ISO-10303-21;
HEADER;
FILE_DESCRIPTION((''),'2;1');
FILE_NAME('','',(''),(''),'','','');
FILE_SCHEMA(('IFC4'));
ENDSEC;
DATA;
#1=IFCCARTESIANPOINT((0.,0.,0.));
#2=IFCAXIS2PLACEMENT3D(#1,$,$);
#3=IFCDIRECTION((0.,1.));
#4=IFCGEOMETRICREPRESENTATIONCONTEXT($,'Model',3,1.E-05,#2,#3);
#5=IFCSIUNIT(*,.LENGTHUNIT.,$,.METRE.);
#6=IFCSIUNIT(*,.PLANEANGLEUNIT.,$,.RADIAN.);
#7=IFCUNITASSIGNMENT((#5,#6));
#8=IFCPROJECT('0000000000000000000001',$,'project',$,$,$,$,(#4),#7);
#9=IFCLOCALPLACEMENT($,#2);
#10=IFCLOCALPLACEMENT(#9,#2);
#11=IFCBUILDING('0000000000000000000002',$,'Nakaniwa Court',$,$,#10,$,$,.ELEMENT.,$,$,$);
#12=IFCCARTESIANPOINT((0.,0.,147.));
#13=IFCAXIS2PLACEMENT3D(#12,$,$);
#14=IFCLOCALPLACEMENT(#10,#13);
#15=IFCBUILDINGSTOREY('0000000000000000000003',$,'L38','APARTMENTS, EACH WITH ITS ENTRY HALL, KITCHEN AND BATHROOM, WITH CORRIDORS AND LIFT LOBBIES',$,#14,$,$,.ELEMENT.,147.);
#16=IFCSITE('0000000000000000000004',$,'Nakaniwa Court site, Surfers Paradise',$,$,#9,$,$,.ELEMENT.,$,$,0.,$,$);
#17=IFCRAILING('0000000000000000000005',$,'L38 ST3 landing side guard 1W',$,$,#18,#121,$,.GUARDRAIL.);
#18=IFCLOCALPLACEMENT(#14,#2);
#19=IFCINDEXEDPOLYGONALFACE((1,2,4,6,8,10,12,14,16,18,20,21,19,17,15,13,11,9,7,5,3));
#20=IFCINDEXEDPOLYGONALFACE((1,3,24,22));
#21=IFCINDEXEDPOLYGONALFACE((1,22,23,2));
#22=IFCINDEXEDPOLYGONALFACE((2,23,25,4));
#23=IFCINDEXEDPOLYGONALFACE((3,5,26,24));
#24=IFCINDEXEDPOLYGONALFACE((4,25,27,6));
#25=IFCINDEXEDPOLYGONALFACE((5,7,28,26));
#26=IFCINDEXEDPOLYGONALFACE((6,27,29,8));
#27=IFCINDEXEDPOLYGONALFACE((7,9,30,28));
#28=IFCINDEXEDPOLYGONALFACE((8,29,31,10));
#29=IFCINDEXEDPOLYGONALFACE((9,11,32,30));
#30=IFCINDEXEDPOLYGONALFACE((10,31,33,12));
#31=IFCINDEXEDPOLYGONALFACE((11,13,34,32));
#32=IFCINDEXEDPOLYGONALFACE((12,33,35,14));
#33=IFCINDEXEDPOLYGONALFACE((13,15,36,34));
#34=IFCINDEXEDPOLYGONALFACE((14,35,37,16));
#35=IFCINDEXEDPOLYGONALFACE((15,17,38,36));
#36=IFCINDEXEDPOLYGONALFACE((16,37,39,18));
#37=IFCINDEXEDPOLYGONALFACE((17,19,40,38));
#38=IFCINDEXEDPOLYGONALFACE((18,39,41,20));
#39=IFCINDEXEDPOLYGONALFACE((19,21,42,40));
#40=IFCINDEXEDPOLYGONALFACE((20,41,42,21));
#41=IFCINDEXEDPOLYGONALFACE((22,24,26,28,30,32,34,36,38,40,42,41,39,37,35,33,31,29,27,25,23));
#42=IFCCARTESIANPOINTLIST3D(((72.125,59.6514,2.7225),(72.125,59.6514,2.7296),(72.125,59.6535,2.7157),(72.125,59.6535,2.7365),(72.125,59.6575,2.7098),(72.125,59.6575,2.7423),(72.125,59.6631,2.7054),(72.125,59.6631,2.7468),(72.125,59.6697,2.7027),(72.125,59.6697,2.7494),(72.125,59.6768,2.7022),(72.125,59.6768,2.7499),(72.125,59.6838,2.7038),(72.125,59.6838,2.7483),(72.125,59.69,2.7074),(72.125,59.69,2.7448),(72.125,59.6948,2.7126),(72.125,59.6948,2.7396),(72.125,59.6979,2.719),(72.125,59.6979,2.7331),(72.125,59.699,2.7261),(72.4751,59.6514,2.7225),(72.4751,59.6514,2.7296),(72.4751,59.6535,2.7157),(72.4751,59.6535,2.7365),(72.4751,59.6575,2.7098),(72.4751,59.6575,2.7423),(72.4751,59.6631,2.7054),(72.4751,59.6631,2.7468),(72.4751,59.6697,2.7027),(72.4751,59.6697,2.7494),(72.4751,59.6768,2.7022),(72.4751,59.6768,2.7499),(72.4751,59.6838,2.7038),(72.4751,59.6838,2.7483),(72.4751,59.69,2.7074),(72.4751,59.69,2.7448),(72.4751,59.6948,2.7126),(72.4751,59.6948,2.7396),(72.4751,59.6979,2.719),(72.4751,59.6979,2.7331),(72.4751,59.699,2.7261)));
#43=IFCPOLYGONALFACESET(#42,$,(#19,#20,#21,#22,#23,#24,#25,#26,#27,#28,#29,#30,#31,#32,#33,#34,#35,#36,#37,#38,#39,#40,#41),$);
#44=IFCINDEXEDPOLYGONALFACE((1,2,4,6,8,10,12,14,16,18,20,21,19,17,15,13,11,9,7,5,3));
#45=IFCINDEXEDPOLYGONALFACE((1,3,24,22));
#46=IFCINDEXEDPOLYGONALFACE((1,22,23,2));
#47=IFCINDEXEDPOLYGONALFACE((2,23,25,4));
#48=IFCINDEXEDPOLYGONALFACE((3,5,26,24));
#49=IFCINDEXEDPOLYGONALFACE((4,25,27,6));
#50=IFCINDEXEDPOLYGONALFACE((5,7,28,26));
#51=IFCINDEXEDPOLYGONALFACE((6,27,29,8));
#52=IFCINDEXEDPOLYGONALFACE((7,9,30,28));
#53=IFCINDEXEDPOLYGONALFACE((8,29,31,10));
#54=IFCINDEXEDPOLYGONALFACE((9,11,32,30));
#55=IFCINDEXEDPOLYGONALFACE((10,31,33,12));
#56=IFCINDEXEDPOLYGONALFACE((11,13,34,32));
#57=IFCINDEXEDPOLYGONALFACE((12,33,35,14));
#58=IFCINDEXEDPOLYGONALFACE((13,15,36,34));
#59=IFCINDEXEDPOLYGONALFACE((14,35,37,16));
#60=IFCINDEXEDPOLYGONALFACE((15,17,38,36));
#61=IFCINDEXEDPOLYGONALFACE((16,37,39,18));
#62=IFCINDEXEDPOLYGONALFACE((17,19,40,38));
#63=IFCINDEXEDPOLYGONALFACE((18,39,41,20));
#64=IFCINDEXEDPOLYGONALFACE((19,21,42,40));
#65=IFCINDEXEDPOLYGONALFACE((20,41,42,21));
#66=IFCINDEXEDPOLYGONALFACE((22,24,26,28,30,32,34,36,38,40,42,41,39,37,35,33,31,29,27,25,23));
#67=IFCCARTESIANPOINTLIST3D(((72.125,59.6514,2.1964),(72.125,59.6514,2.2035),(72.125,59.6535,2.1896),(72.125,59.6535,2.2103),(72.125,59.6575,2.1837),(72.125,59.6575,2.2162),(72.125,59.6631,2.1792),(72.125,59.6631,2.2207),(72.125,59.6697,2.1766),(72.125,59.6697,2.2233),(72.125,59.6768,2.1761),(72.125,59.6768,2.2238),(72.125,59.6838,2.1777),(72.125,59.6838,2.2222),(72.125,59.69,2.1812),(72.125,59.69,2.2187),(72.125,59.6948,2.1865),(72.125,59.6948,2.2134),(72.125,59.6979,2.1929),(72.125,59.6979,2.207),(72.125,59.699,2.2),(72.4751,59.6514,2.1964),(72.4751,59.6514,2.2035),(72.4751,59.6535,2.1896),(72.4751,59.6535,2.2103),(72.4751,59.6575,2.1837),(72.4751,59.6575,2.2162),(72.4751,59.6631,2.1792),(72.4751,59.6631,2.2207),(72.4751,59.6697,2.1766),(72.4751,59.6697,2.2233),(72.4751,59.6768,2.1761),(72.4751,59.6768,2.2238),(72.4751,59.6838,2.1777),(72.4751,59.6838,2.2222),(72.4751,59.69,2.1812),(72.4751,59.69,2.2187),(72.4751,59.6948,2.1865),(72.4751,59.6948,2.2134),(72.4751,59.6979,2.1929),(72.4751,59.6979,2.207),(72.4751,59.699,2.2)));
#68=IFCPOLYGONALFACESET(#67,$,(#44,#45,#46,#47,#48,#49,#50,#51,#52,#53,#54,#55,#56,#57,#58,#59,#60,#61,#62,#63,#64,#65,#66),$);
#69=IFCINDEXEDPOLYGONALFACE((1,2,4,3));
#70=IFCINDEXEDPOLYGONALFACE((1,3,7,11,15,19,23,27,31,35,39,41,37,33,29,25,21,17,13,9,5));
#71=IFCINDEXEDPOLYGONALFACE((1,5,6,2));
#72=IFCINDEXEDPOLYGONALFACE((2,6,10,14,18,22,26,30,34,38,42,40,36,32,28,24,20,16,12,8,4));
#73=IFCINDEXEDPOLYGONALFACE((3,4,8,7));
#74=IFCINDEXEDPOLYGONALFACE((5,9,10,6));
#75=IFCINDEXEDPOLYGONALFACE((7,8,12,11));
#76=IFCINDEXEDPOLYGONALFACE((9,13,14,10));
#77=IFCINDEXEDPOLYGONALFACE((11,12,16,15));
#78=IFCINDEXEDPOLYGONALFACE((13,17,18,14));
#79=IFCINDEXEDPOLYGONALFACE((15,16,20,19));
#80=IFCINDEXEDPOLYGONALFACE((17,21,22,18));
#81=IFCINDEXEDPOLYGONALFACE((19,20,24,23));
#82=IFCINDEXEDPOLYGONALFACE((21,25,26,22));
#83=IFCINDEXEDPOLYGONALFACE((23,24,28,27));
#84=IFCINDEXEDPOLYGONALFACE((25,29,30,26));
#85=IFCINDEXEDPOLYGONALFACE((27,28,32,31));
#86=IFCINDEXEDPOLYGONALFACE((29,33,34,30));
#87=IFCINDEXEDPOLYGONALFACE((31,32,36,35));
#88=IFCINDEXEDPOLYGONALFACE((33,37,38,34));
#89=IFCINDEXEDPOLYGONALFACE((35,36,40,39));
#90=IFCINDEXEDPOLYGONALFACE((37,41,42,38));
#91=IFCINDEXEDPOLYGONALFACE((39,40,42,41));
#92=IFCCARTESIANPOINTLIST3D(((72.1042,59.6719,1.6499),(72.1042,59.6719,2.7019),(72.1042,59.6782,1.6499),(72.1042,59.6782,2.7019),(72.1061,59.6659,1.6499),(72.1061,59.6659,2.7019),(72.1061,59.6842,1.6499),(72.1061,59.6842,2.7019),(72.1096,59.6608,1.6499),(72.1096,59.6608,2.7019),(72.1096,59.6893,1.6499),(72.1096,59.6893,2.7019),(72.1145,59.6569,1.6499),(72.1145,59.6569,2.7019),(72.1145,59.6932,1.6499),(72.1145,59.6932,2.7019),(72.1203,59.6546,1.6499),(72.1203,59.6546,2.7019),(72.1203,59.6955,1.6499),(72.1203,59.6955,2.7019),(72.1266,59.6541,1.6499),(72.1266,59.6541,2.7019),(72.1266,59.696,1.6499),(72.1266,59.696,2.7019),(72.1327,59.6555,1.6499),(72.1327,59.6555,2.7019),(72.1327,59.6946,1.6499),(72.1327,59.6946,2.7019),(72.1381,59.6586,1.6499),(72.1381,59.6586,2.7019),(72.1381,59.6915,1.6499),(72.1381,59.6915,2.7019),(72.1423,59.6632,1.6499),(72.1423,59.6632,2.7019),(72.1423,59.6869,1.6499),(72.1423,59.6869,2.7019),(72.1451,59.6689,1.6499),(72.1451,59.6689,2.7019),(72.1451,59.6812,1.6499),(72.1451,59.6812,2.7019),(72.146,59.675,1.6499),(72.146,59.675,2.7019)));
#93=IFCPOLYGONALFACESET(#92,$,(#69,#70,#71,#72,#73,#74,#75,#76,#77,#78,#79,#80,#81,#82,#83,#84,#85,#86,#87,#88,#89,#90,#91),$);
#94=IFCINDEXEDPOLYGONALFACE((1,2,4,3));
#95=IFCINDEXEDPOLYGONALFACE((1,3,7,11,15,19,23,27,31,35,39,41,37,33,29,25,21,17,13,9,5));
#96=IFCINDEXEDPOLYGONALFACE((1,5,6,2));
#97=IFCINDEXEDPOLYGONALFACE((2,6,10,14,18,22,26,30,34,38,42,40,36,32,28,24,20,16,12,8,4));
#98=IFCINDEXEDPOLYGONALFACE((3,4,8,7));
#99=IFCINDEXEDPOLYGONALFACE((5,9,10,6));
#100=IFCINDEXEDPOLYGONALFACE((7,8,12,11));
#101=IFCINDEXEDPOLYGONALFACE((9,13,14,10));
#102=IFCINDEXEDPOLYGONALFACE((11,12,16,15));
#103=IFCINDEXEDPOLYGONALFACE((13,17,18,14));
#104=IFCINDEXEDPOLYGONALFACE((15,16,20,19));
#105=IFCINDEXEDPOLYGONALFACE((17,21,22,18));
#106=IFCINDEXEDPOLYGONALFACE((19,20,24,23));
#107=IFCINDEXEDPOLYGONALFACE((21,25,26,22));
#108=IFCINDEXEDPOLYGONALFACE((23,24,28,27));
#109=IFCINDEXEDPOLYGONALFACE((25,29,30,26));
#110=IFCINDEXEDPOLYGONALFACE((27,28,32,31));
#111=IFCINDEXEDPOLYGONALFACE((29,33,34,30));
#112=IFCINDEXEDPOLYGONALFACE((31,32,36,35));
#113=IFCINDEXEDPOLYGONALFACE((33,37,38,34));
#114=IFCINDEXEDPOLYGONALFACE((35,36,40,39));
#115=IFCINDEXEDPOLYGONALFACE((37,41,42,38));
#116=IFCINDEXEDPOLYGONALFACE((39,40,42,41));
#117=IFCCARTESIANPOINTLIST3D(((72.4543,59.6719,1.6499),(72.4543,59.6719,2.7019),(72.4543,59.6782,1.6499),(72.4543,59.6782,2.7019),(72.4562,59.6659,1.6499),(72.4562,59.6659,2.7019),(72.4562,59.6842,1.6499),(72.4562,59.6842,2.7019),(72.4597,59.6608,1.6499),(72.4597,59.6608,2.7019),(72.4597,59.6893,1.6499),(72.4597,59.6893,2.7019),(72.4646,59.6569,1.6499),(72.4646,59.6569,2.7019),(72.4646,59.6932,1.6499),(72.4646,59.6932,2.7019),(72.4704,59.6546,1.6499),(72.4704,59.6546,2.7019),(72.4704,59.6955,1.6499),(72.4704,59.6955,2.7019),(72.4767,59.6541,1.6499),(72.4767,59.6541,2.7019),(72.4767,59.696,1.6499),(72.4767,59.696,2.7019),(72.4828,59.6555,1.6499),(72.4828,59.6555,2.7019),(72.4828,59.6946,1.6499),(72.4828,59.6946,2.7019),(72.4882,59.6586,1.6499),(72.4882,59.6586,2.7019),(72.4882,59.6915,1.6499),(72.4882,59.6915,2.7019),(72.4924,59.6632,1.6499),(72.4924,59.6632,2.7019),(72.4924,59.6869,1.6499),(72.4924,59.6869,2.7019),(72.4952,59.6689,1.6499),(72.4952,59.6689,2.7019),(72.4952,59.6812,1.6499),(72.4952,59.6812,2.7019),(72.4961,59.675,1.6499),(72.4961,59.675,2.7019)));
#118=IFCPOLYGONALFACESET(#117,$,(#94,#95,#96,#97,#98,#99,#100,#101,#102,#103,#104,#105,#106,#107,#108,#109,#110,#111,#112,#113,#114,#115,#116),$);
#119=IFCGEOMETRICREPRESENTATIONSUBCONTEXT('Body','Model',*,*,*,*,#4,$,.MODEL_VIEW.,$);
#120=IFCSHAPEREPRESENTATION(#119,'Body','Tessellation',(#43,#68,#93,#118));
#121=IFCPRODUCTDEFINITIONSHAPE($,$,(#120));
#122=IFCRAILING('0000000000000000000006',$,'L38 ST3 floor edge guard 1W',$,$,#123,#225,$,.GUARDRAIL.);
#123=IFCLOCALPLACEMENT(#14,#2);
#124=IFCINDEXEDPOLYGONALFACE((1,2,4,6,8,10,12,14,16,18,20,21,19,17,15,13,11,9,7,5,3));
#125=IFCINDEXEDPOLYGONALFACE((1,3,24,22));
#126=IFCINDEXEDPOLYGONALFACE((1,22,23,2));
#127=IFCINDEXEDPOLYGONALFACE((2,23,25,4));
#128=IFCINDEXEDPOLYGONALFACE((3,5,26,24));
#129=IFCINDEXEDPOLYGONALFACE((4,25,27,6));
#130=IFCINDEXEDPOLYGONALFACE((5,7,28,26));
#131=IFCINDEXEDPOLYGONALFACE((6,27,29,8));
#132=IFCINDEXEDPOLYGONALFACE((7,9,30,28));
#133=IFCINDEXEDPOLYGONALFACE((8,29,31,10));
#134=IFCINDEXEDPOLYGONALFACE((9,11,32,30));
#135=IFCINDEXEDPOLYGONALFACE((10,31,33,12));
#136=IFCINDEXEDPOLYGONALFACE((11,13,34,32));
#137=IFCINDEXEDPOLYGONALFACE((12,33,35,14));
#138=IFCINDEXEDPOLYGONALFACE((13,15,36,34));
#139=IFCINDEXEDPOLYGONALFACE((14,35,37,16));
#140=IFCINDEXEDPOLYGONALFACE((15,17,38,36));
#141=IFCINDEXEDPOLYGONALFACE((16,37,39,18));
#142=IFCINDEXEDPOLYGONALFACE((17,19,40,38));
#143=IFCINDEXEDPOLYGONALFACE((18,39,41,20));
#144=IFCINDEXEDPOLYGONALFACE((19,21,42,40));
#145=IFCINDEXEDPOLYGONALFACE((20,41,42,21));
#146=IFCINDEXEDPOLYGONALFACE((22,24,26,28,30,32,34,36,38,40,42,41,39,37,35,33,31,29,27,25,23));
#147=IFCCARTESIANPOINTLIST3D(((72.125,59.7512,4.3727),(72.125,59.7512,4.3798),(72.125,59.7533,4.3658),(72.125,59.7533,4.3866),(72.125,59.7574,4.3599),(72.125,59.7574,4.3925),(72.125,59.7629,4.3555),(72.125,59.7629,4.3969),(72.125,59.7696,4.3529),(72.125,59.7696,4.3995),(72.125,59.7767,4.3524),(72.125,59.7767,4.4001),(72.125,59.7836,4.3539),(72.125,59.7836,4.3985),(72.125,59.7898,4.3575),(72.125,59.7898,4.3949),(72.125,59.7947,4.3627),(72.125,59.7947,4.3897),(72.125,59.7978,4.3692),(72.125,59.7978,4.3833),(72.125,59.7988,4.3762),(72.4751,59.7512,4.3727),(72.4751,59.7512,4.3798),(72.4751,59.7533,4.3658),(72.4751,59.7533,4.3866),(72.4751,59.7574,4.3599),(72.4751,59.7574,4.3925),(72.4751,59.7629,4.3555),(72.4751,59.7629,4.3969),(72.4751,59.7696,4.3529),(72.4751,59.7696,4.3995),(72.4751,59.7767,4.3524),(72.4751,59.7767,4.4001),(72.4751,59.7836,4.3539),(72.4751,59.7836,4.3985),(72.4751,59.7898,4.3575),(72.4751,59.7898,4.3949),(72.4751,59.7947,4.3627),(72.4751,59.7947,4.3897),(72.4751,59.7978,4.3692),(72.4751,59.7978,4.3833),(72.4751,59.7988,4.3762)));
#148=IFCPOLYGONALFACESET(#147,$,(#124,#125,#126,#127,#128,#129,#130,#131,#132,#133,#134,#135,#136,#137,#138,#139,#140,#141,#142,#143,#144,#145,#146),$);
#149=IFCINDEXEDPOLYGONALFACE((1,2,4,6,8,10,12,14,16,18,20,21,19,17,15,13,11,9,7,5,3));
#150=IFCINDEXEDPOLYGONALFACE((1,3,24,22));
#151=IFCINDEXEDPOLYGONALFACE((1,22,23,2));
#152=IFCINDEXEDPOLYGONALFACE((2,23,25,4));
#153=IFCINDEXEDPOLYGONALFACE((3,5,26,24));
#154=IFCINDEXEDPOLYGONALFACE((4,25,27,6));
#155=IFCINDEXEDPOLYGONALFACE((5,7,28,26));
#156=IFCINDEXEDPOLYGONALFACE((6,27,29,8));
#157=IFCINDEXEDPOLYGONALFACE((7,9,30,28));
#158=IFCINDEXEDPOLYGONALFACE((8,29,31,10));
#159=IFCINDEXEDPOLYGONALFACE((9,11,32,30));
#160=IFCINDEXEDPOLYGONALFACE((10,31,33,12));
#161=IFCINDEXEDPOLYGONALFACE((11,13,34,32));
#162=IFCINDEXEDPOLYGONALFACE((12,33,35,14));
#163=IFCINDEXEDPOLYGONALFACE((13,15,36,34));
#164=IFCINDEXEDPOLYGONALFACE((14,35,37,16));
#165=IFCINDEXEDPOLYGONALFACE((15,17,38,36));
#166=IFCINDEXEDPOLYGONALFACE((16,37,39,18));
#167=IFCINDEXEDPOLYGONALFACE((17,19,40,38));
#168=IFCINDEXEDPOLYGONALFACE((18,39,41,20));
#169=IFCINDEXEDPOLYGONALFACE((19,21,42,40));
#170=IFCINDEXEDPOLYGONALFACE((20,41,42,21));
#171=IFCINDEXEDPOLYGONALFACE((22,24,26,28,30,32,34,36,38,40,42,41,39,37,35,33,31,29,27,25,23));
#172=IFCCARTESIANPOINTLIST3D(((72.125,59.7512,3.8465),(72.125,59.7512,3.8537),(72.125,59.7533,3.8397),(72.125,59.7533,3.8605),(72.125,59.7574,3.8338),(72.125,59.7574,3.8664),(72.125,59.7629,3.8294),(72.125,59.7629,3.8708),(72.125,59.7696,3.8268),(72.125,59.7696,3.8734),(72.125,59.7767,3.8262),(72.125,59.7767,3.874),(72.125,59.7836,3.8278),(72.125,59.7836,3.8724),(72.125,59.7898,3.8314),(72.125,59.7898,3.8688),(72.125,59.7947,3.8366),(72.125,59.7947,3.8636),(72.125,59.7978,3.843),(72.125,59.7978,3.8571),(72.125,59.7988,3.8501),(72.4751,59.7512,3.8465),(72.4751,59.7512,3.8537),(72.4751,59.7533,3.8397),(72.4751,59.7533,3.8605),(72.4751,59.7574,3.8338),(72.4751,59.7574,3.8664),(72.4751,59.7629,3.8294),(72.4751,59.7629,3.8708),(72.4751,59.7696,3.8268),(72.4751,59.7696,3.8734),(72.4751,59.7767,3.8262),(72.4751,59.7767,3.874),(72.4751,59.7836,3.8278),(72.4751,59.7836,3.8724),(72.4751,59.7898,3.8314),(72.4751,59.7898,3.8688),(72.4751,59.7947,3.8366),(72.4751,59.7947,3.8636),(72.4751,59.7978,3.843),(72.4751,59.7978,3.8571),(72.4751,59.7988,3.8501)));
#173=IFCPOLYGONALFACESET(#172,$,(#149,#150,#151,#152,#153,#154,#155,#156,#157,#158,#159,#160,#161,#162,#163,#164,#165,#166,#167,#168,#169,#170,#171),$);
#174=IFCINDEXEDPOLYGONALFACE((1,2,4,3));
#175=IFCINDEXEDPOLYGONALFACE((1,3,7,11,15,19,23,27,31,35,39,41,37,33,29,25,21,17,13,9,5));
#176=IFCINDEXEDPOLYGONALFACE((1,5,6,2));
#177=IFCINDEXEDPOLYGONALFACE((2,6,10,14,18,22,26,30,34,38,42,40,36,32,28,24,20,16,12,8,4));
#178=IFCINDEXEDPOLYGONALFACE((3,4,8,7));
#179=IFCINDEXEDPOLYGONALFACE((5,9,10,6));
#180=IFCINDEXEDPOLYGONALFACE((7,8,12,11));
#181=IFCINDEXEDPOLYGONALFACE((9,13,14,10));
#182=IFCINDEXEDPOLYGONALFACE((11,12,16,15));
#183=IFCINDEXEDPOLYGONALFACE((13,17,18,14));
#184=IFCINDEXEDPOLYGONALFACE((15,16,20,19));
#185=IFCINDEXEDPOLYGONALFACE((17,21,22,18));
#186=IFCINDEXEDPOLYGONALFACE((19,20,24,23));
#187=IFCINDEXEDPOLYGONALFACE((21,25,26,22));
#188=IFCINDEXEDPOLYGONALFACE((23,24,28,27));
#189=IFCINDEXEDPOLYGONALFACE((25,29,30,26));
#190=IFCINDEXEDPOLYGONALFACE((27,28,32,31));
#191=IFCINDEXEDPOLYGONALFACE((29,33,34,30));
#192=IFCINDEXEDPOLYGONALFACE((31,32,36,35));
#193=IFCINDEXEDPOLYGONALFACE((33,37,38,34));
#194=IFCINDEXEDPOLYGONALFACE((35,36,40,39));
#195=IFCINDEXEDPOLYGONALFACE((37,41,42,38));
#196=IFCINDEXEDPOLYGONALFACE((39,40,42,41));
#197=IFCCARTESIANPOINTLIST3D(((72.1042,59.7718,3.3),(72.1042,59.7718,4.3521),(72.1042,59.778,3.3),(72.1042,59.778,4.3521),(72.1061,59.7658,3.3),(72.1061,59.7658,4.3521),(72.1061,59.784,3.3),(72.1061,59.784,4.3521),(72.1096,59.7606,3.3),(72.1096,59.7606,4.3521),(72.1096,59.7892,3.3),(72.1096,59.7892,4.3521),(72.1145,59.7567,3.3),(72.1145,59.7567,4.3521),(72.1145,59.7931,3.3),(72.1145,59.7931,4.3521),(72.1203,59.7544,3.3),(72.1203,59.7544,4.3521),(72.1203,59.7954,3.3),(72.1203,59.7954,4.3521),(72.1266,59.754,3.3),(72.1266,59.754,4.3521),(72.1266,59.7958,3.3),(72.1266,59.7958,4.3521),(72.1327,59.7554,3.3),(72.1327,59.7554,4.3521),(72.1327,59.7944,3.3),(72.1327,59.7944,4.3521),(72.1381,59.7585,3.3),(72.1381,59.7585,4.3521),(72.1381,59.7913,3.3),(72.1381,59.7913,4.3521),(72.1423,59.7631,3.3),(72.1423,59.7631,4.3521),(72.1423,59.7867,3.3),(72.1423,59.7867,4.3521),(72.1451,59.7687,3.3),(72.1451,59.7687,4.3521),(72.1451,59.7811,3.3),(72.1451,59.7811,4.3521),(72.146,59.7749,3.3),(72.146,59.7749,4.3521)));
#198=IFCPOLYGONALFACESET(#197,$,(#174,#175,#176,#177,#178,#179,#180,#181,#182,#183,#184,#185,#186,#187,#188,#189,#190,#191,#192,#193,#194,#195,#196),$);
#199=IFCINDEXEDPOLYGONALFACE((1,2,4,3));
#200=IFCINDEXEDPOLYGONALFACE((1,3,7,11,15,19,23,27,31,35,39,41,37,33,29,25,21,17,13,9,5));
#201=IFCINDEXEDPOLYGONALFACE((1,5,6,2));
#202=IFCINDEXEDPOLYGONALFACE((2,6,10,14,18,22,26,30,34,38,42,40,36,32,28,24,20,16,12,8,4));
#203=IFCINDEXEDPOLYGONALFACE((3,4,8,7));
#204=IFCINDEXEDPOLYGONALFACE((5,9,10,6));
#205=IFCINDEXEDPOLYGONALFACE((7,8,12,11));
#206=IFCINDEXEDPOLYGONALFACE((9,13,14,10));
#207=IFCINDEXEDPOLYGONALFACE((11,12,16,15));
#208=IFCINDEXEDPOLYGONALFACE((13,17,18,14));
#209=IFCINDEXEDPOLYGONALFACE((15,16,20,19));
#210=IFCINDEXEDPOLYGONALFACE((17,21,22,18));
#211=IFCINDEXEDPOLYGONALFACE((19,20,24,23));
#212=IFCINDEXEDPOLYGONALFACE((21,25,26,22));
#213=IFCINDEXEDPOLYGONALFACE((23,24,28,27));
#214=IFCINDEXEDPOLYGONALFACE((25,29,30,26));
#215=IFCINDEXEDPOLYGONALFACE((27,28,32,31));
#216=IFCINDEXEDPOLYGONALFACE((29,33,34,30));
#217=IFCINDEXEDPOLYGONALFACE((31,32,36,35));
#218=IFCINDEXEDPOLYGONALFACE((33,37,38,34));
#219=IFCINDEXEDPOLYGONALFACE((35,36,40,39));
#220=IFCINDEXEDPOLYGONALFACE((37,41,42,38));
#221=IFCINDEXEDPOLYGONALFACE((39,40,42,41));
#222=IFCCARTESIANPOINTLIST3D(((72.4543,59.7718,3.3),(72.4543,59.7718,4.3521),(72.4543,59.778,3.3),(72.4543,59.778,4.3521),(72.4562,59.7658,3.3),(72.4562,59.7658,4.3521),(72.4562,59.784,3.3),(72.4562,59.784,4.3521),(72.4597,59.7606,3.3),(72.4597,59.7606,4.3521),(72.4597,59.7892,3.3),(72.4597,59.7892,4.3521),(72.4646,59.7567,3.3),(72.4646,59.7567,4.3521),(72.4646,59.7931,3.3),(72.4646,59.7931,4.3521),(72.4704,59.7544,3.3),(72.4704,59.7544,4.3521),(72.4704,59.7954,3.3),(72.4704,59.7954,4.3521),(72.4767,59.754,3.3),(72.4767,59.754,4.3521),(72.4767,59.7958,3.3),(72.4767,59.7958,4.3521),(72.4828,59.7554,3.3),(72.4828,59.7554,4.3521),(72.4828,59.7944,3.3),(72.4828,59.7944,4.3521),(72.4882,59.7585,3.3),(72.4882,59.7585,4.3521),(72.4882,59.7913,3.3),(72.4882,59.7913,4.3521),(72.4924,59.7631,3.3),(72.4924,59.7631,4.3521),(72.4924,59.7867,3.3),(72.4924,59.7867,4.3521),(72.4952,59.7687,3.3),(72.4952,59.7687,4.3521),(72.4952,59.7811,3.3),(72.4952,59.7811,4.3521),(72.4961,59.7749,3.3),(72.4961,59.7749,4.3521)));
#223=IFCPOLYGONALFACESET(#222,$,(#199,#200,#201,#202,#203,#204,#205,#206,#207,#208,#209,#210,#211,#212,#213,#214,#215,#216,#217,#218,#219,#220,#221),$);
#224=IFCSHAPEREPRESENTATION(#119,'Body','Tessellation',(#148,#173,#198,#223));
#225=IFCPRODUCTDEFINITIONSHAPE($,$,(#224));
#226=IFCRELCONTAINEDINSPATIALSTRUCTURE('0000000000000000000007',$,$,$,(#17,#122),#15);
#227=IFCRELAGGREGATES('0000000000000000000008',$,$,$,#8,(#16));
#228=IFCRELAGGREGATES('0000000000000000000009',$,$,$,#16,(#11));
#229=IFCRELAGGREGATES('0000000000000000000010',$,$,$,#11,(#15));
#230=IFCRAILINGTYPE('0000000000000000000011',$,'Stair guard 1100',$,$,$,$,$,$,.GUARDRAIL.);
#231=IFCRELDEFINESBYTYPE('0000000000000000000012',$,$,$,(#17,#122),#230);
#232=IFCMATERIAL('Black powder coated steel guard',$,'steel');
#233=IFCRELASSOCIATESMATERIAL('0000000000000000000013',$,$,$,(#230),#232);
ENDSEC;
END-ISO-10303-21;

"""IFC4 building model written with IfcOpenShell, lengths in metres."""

from ifc_helpers import new_model, si_unit, direction, frame, origin, origin_2d, place, context, subcontext, project, spatial, circle, extrude, material, type_object, element, save


model = new_model("IFC4")

# Units and contexts
model_context = context("Model", 3, precision=1e-05, world=origin(), true_north=direction((0.0, 1.0)))
body_context = subcontext(model_context, "Body", "Model", "MODEL_VIEW")
ifc_project = project(units=[si_unit("LENGTHUNIT", "METRE"), si_unit("PLANEANGLEUNIT", "RADIAN")], contexts=[model_context])

# Site, building, storey
site_placement = place(None, origin())
site = spatial("IfcSite", under=ifc_project, at=site_placement, Name="Nakaniwa Court site, Surfers Paradise", CompositionType="ELEMENT", RefElevation=0.0)
building_placement = place(site_placement, origin())
building = spatial("IfcBuilding", under=site, at=building_placement, Name="Nakaniwa Court", CompositionType="ELEMENT")
storey_placement = place(building_placement, frame((0.0, 0.0, 147.0)))
storey = spatial("IfcBuildingStorey", under=building, at=storey_placement, Name="L38", Description="APARTMENTS, EACH WITH ITS ENTRY HALL, KITCHEN AND BATHROOM, WITH CORRIDORS AND LIFT LOBBIES", CompositionType="ELEMENT", Elevation=147.0)

# Railings
ifc_material_1 = material(Name="Black powder coated steel guard", Category="steel")
railing_type_1 = type_object("IfcRailingType", Name="Stair guard 1100", PredefinedType="GUARDRAIL", material=ifc_material_1)
for number, where, name in (
    (1, (72.125, 59.675, 1.6499), "L38 ST3 landing side guard 1W"),
    (2, (72.125, 59.7749, 3.3), "L38 ST3 floor edge guard 1W"),
):
    element("IfcRailing", number, at=place(storey_placement, frame(where)), inside=storey, type_object=railing_type_1, Name=name, PredefinedType="GUARDRAIL", context=body_context, shape_type="SweptSolid", body=[
        extrude(circle(Radius=0.0239, at=origin_2d()), frame((0.0, 0.0, 1.0762), z_axis=(1.0, 0.0, 0.0), x_axis=(0.0, 1.0, 0.0)), (0.0, 0.0, 1.0), 0.3501),
        extrude(circle(Radius=0.0239, at=origin_2d()), frame((0.0, 0.0, 0.55), z_axis=(1.0, 0.0, 0.0), x_axis=(0.0, 1.0, 0.0)), (0.0, 0.0, 1.0), 0.3501),
        extrude(circle(Radius=0.021, at=origin_2d()), origin(), (0.0, 0.0, 1.0), 1.052),
        extrude(circle(Radius=0.021, at=origin_2d()), frame((0.3501, 0.0, 0.0)), (0.0, 0.0, 1.0), 1.052),
    ])

save(model, "model.ifc")
